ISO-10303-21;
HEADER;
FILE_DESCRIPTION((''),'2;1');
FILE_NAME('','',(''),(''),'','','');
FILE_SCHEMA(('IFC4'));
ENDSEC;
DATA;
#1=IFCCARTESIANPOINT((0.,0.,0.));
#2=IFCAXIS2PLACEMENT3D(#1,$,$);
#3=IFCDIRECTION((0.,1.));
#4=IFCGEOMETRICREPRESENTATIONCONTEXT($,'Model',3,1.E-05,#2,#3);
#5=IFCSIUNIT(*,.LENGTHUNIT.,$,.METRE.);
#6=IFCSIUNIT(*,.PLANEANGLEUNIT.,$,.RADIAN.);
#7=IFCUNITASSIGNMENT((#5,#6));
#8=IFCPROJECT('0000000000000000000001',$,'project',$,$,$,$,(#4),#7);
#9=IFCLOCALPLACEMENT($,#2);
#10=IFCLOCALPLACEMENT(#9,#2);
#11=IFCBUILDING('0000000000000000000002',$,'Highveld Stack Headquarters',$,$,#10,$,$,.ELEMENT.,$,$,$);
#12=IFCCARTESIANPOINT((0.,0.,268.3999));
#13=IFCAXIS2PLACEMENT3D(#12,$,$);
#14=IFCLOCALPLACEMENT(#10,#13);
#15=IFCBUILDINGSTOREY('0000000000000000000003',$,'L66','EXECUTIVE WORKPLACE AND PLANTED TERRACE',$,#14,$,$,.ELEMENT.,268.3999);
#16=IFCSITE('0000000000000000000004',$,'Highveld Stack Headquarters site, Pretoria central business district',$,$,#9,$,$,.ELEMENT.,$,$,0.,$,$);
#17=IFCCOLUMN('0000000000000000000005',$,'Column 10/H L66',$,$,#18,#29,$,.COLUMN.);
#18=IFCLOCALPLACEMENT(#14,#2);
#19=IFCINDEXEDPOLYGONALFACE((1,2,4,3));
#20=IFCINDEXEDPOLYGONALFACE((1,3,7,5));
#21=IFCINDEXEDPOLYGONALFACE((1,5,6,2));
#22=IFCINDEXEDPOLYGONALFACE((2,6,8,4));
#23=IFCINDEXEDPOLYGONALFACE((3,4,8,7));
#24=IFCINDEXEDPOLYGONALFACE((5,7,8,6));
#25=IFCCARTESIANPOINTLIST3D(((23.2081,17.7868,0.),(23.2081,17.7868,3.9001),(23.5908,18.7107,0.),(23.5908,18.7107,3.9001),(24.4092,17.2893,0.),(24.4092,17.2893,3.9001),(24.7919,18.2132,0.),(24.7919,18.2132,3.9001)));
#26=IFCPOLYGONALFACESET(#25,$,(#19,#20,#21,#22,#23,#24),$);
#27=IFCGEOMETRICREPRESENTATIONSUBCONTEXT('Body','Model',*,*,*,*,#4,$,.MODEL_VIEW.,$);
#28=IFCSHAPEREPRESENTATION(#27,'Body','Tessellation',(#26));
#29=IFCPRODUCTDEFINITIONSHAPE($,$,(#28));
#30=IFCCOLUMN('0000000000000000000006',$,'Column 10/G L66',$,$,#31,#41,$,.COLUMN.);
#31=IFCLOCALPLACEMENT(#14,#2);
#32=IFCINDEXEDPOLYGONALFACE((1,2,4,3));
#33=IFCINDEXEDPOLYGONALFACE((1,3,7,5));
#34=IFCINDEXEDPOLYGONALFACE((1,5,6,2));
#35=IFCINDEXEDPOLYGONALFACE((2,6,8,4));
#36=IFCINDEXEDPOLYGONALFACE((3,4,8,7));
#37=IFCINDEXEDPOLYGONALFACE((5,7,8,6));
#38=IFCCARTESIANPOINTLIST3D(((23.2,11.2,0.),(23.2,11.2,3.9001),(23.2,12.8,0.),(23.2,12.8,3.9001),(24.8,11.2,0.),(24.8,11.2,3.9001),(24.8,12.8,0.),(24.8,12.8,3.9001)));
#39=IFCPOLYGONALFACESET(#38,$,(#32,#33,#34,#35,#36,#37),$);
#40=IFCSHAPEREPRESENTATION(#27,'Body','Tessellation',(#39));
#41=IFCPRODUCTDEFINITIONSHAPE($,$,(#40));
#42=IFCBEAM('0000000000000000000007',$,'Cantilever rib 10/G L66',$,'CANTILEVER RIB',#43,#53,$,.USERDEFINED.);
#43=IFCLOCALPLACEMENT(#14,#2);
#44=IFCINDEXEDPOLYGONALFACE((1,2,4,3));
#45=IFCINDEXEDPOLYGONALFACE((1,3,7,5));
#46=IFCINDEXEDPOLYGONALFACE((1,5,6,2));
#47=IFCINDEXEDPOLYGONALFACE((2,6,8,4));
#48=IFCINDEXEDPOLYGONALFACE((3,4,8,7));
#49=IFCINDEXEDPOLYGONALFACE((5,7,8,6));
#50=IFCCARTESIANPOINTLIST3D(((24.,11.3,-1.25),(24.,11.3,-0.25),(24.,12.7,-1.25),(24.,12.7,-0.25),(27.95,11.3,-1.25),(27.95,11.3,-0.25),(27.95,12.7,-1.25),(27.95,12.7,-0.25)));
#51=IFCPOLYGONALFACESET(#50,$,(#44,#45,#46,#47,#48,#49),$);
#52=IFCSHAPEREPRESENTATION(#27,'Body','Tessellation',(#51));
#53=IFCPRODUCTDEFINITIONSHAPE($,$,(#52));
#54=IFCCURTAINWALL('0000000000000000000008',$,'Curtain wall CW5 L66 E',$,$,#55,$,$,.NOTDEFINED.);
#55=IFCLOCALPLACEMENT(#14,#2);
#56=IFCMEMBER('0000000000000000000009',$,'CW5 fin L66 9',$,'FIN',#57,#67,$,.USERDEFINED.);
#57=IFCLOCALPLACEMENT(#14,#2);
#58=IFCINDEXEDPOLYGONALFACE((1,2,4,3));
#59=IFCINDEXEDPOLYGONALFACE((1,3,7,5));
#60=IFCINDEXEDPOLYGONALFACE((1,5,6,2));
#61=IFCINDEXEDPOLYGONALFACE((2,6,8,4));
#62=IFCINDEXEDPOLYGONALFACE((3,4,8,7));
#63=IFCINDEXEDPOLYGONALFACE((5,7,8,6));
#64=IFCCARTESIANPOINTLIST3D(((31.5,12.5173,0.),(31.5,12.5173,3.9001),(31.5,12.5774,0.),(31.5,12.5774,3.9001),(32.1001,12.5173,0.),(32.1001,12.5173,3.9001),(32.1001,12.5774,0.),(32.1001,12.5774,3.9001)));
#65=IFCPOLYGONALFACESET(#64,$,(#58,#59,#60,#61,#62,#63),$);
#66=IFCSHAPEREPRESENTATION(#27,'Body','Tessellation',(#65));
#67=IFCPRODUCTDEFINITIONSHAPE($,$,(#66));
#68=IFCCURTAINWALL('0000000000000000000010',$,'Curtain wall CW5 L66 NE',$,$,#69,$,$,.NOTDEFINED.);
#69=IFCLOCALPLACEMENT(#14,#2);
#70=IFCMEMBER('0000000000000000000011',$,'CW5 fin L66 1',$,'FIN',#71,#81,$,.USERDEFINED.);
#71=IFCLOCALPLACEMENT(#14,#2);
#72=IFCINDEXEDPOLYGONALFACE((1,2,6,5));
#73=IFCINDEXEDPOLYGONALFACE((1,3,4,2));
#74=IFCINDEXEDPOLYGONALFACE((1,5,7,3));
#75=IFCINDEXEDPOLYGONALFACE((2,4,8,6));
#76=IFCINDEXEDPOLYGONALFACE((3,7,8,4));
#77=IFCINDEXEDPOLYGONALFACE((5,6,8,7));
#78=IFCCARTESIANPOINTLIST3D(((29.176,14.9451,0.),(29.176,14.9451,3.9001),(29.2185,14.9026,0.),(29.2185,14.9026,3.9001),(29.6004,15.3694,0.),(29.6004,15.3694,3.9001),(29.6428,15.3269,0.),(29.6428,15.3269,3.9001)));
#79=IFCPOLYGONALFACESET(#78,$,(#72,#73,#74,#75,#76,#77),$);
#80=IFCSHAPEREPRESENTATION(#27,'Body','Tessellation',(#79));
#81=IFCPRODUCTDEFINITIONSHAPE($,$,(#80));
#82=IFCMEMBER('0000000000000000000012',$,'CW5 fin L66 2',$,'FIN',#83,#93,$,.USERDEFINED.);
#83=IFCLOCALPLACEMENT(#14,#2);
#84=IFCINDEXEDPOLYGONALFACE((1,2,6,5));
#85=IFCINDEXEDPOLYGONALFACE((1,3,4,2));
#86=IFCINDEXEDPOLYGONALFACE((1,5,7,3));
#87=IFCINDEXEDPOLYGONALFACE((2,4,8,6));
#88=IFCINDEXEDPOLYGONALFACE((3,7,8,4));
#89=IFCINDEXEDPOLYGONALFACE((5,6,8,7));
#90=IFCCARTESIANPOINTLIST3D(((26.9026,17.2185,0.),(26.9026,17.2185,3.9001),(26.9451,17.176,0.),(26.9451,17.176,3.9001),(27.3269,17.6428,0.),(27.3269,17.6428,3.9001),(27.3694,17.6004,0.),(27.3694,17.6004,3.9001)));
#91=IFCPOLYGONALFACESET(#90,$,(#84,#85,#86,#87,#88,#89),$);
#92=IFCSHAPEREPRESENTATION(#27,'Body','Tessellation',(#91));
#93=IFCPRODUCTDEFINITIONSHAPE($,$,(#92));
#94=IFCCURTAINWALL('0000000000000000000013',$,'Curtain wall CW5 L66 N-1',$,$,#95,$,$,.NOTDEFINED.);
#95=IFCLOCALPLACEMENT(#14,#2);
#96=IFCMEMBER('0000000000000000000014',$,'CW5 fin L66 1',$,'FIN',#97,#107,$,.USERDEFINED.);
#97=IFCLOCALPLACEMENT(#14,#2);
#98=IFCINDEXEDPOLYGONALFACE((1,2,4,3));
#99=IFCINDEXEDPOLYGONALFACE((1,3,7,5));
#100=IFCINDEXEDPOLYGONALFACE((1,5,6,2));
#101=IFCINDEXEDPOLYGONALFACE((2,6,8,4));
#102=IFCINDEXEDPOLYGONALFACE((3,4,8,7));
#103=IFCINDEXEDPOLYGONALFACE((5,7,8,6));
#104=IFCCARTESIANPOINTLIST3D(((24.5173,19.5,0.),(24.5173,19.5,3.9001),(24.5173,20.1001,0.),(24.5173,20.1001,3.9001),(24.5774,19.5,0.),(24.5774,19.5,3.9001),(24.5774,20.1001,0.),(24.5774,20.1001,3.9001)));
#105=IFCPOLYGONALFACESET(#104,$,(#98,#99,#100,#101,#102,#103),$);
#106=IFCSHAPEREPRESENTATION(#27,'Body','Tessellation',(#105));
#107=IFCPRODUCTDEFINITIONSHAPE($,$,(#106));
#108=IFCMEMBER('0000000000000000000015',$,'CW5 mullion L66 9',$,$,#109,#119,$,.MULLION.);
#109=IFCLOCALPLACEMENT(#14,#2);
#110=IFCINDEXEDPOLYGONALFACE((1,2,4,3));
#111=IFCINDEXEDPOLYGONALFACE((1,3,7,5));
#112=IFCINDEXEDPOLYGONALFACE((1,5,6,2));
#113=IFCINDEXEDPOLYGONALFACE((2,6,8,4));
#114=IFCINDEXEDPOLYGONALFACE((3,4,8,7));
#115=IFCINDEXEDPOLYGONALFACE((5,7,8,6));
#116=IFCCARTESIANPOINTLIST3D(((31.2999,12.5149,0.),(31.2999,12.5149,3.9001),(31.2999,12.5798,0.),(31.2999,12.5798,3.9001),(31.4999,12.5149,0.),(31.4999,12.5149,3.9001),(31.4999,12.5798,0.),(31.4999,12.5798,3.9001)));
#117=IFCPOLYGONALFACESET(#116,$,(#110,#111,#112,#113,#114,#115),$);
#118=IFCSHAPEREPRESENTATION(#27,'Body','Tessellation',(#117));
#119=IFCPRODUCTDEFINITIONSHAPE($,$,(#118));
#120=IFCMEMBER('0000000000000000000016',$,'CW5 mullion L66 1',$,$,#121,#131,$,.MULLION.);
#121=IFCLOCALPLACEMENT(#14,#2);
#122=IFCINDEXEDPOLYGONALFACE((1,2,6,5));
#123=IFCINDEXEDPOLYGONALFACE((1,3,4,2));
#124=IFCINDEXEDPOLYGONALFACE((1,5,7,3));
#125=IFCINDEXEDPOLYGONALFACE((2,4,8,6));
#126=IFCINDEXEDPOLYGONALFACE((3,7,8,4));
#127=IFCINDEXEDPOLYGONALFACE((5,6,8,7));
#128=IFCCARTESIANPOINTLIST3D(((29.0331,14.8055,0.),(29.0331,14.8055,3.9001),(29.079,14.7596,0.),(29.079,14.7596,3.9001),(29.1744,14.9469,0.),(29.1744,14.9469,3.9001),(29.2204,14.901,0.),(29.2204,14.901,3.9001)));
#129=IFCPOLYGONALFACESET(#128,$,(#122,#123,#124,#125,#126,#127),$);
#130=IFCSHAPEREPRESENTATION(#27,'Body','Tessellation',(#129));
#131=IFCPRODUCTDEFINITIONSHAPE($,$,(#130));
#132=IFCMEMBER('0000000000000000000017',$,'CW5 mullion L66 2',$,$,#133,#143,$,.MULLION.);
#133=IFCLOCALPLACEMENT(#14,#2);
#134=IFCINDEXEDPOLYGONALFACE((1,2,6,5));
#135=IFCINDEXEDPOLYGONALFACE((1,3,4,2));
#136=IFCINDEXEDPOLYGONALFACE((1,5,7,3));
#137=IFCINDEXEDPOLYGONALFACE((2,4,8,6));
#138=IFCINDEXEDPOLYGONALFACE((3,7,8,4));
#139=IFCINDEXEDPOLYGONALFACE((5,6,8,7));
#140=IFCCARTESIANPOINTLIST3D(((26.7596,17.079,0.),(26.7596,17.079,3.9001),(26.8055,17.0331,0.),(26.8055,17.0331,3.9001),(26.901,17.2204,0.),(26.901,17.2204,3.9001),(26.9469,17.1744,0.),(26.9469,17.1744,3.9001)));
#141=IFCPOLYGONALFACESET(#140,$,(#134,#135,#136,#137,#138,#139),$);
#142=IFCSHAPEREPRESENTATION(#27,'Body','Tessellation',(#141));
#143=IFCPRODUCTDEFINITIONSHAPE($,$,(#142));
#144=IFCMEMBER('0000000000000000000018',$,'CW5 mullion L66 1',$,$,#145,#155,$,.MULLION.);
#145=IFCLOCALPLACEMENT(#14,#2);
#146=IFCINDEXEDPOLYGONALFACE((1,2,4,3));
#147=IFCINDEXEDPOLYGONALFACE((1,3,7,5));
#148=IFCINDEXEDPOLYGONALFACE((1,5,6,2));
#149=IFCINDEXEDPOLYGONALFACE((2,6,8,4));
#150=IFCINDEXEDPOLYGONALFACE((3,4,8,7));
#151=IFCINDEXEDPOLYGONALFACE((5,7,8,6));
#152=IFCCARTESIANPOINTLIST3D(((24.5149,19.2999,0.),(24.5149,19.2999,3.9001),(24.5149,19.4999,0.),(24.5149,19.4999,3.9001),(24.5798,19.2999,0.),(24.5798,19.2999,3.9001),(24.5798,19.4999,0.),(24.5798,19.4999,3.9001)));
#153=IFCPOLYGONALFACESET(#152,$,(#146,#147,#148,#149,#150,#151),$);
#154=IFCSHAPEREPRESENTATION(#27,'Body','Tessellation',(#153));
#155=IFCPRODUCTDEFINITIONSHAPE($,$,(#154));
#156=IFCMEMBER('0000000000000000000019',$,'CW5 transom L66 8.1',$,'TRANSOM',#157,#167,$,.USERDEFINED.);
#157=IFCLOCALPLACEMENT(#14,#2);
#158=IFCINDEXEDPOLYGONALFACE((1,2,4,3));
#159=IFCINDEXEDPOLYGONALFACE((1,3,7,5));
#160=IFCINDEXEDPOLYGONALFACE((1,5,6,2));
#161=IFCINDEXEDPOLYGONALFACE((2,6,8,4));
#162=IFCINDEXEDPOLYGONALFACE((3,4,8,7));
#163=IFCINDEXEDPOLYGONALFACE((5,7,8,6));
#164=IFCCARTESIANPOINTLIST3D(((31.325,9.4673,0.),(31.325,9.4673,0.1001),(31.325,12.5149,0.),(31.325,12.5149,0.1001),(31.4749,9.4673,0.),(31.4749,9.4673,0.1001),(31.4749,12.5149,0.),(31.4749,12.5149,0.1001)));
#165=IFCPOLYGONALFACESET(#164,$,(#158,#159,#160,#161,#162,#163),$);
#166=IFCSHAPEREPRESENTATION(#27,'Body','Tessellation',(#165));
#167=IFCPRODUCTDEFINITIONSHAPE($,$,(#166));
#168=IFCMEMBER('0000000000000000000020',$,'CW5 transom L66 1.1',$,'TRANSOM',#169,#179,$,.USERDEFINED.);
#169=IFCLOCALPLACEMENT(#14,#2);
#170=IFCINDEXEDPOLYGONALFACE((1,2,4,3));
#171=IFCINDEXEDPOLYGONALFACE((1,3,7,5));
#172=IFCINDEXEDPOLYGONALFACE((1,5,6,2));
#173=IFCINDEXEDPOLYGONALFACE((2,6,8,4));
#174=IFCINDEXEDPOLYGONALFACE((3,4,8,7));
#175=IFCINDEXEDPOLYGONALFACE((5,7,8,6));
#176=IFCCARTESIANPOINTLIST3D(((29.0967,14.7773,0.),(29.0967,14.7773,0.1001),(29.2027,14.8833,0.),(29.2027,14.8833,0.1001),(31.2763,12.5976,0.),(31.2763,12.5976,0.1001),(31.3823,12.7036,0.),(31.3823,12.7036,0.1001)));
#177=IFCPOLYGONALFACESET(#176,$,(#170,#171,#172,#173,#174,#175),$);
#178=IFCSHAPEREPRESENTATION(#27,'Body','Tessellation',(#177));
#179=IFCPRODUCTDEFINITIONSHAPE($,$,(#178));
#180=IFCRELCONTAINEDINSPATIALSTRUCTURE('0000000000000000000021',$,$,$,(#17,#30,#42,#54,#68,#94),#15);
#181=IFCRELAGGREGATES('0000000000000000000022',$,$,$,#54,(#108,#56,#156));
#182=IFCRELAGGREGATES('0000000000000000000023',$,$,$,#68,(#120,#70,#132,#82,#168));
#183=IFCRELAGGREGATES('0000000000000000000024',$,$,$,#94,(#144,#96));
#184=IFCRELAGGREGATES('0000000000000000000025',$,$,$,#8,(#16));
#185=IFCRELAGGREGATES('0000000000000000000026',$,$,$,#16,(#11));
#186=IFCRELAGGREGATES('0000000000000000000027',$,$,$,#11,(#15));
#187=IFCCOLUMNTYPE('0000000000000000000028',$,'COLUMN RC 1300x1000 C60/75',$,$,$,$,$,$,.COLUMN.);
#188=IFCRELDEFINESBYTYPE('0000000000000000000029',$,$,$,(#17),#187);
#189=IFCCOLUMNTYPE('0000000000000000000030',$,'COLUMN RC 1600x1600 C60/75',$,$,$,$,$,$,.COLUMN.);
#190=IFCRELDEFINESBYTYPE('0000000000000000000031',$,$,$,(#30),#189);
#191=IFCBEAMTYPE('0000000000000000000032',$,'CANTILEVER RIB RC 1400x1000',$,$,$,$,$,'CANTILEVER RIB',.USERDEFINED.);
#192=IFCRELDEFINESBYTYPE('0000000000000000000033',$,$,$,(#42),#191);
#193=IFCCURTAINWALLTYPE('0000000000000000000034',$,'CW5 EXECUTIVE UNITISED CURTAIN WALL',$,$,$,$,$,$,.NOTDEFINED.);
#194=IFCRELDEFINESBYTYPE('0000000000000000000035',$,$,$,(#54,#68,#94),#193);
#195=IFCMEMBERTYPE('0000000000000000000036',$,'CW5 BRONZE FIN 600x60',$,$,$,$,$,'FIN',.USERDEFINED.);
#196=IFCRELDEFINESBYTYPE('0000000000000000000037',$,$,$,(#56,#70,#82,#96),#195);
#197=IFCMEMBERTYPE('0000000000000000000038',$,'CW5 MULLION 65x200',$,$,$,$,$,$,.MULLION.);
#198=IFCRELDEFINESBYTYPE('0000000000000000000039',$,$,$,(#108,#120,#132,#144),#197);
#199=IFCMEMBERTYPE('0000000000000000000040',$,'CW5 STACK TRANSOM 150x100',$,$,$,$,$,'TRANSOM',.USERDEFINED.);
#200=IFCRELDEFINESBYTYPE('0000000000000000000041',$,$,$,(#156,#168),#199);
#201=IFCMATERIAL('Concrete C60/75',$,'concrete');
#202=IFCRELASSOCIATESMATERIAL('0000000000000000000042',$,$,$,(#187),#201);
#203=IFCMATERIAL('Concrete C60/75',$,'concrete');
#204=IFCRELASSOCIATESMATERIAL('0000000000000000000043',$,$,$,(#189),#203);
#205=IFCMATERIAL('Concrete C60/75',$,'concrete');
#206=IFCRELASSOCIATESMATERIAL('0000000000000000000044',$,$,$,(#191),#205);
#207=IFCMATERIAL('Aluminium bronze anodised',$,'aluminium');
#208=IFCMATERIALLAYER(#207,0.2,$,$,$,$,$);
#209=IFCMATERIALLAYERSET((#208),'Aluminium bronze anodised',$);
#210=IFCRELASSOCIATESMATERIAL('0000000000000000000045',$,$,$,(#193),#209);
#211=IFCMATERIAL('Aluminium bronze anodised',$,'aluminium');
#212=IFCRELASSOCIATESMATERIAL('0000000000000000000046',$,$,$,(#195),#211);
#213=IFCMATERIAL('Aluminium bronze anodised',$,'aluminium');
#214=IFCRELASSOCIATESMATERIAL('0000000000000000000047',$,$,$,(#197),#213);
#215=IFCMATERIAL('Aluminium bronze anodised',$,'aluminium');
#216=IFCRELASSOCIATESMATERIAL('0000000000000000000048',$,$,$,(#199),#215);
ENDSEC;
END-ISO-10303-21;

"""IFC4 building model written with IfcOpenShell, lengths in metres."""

from ifc_helpers import new_model, si_unit, direction, frame, origin, origin_2d, place, context, subcontext, project, spatial, rectangle, extrude, material, layer, layer_set, material_profile, profile_set, type_object, element, aggregate, save


model = new_model("IFC4")

# Units and contexts
model_context = context("Model", 3, precision=1e-05, world=origin(), true_north=direction((0.0, 1.0)))
body_context = subcontext(model_context, "Body", "Model", "MODEL_VIEW")
ifc_project = project(units=[si_unit("LENGTHUNIT", "METRE"), si_unit("PLANEANGLEUNIT", "RADIAN")], contexts=[model_context])

# Site, building, storey
site_placement = place(None, origin())
site = spatial("IfcSite", under=ifc_project, at=site_placement, Name="Highveld Stack Headquarters site, Pretoria central business district", CompositionType="ELEMENT", RefElevation=0.0)
building_placement = place(site_placement, origin())
building = spatial("IfcBuilding", under=site, at=building_placement, Name="Highveld Stack Headquarters", CompositionType="ELEMENT")
storey_placement = place(building_placement, frame((0.0, 0.0, 268.3999)))
storey = spatial("IfcBuildingStorey", under=building, at=storey_placement, Name="L66", Description="EXECUTIVE WORKPLACE AND PLANTED TERRACE", CompositionType="ELEMENT", Elevation=268.3999)

# Columns
ifc_material_1 = material(Name="Concrete C60/75", Category="concrete")
ifc_material_profile_1 = material_profile(ifc_material_1, rectangle(XDim=1.3, YDim=1.0, at=origin_2d()), Name="RC 1300x1000")
ifc_profile_set_1 = profile_set([ifc_material_profile_1], Name="Concrete C60/75")
column_type_1 = type_object("IfcColumnType", Name="COLUMN RC 1300x1000 C60/75", PredefinedType="COLUMN", material=ifc_profile_set_1)
column_1_placement = place(storey_placement, frame((24.0, 18.0, 0.0), z_axis=(0.0, 0.0, 1.0), x_axis=(0.92388, -0.382683, 0.0)))
element("IfcColumn", 1, at=column_1_placement, inside=storey, type_object=column_type_1, Name="Column 10/H L66", PredefinedType="COLUMN", context=body_context, shape_type="SweptSolid", body=[
    extrude(rectangle(XDim=1.3, YDim=1.0, at=origin_2d()), origin(), (0.0, 0.0, 1.0), 3.9001),
])
ifc_material_2 = material(Name="Concrete C60/75", Category="concrete")
ifc_material_profile_2 = material_profile(ifc_material_2, rectangle(XDim=1.6001, YDim=1.6001, at=origin_2d()), Name="RC 1600x1600")
ifc_profile_set_2 = profile_set([ifc_material_profile_2], Name="Concrete C60/75")
column_type_2 = type_object("IfcColumnType", Name="COLUMN RC 1600x1600 C60/75", PredefinedType="COLUMN", material=ifc_profile_set_2)
column_2_placement = place(storey_placement, frame((24.0, 12.0, 0.0), z_axis=(0.0, 0.0, 1.0), x_axis=(1.0, 0.0, 0.0)))
element("IfcColumn", 2, at=column_2_placement, inside=storey, type_object=column_type_2, Name="Column 10/G L66", PredefinedType="COLUMN", context=body_context, shape_type="SweptSolid", body=[
    extrude(rectangle(XDim=1.6001, YDim=1.6001, at=origin_2d()), origin(), (0.0, 0.0, 1.0), 3.9001),
])

# Beam
ifc_material_3 = material(Name="Concrete C60/75", Category="concrete")
ifc_material_profile_3 = material_profile(ifc_material_3, rectangle(XDim=1.3999, YDim=1.0, at=origin_2d()), Name="RC 1400x1000")
ifc_profile_set_3 = profile_set([ifc_material_profile_3], Name="Concrete C60/75")
beam_type = type_object("IfcBeamType", Name="CANTILEVER RIB RC 1400x1000", ElementType="CANTILEVER RIB", PredefinedType="USERDEFINED", material=ifc_profile_set_3)
beam_placement = place(storey_placement, frame((24.0, 12.0, -0.75), z_axis=(1.0, 0.0, 0.0), x_axis=(0.0, 1.0, 0.0)))
element("IfcBeam", 3, at=beam_placement, inside=storey, type_object=beam_type, Name="Cantilever rib 10/G L66", ObjectType="CANTILEVER RIB", PredefinedType="USERDEFINED", context=body_context, shape_type="SweptSolid", body=[
    extrude(rectangle(XDim=1.3999, YDim=1.0, at=origin_2d()), origin(), (0.0, 0.0, 1.0), 3.95),
])

# Curtain wall, member
ifc_material_4 = material(Name="Aluminium bronze anodised", Category="aluminium")
ifc_layer_1 = layer(ifc_material_4, 0.2)
ifc_layer_set_1 = layer_set([ifc_layer_1], Name="Aluminium bronze anodised")
curtain_wall_type = type_object("IfcCurtainWallType", Name="CW5 EXECUTIVE UNITISED CURTAIN WALL", PredefinedType="NOTDEFINED", material=ifc_layer_set_1)
curtain_wall_1_placement = place(storey_placement, origin())
curtain_wall_1 = element("IfcCurtainWall", 4, at=curtain_wall_1_placement, inside=storey, type_object=curtain_wall_type, Name="Curtain wall CW5 L66 E", PredefinedType="NOTDEFINED")
ifc_material_5 = material(Name="Aluminium bronze anodised", Category="aluminium")
ifc_material_profile_4 = material_profile(ifc_material_5, rectangle(XDim=0.6001, YDim=0.0601, at=origin_2d()), Name="FIN 600x60")
ifc_profile_set_4 = profile_set([ifc_material_profile_4], Name="Aluminium bronze anodised")
member_type_1 = type_object("IfcMemberType", Name="CW5 BRONZE FIN 600x60", ElementType="FIN", PredefinedType="USERDEFINED", material=ifc_profile_set_4)
member_1_placement = place(storey_placement, frame((31.8, 12.5474, 0.0), z_axis=(0.0, 0.0, 1.0), x_axis=(-1.0, 0.0, 0.0)))
member_1 = element("IfcMember", 5, at=member_1_placement, type_object=member_type_1, Name="CW5 fin L66 9", ObjectType="FIN", PredefinedType="USERDEFINED", context=body_context, shape_type="SweptSolid", body=[
    extrude(rectangle(XDim=0.6001, YDim=0.0601, at=origin_2d()), origin(), (0.0, 0.0, 1.0), 3.9001),
])

# Curtain wall, members
curtain_wall_2_placement = place(storey_placement, origin())
curtain_wall_2 = element("IfcCurtainWall", 6, at=curtain_wall_2_placement, inside=storey, type_object=curtain_wall_type, Name="Curtain wall CW5 L66 NE", PredefinedType="NOTDEFINED")
member_2_placement = place(storey_placement, frame((29.4094, 15.136, 0.0), z_axis=(0.0, 0.0, 1.0), x_axis=(-0.707107, -0.707107, 0.0)))
member_2 = element("IfcMember", 7, at=member_2_placement, type_object=member_type_1, Name="CW5 fin L66 1", ObjectType="FIN", PredefinedType="USERDEFINED", context=body_context, shape_type="SweptSolid", body=[
    extrude(rectangle(XDim=0.6001, YDim=0.0601, at=origin_2d()), origin(), (0.0, 0.0, 1.0), 3.9001),
])
member_3_placement = place(storey_placement, frame((27.136, 17.4094, 0.0), z_axis=(0.0, 0.0, 1.0), x_axis=(-0.707107, -0.707107, 0.0)))
member_3 = element("IfcMember", 8, at=member_3_placement, type_object=member_type_1, Name="CW5 fin L66 2", ObjectType="FIN", PredefinedType="USERDEFINED", context=body_context, shape_type="SweptSolid", body=[
    extrude(rectangle(XDim=0.6001, YDim=0.0601, at=origin_2d()), origin(), (0.0, 0.0, 1.0), 3.9001),
])

# Curtain wall, member
curtain_wall_3_placement = place(storey_placement, origin())
curtain_wall_3 = element("IfcCurtainWall", 9, at=curtain_wall_3_placement, inside=storey, type_object=curtain_wall_type, Name="Curtain wall CW5 L66 N-1", PredefinedType="NOTDEFINED")
member_4_placement = place(storey_placement, frame((24.5474, 19.8, 0.0), z_axis=(0.0, 0.0, 1.0), x_axis=(0.0, -1.0, 0.0)))
member_4 = element("IfcMember", 10, at=member_4_placement, type_object=member_type_1, Name="CW5 fin L66 1", ObjectType="FIN", PredefinedType="USERDEFINED", context=body_context, shape_type="SweptSolid", body=[
    extrude(rectangle(XDim=0.6001, YDim=0.0601, at=origin_2d()), origin(), (0.0, 0.0, 1.0), 3.9001),
])

# Members
ifc_material_6 = material(Name="Aluminium bronze anodised", Category="aluminium")
ifc_material_profile_5 = material_profile(ifc_material_6, rectangle(XDim=0.2, YDim=0.0649, at=origin_2d()), Name="CW5 MULLION 65x200")
ifc_profile_set_5 = profile_set([ifc_material_profile_5], Name="Aluminium bronze anodised")
member_type_2 = type_object("IfcMemberType", Name="CW5 MULLION 65x200", PredefinedType="MULLION", material=ifc_profile_set_5)
member_5_placement = place(storey_placement, frame((31.3999, 12.5474, 0.0), z_axis=(0.0, 0.0, 1.0), x_axis=(-1.0, 0.0, 0.0)))
member_5 = element("IfcMember", 11, at=member_5_placement, type_object=member_type_2, Name="CW5 mullion L66 9", PredefinedType="MULLION", context=body_context, shape_type="SweptSolid", body=[
    extrude(rectangle(XDim=0.2, YDim=0.0649, at=origin_2d()), origin(), (0.0, 0.0, 1.0), 3.9001),
])
member_6_placement = place(storey_placement, frame((29.1267, 14.8533, 0.0), z_axis=(0.0, 0.0, 1.0), x_axis=(-0.707107, -0.707107, 0.0)))
member_6 = element("IfcMember", 12, at=member_6_placement, type_object=member_type_2, Name="CW5 mullion L66 1", PredefinedType="MULLION", context=body_context, shape_type="SweptSolid", body=[
    extrude(rectangle(XDim=0.2, YDim=0.0649, at=origin_2d()), origin(), (0.0, 0.0, 1.0), 3.9001),
])
member_7_placement = place(storey_placement, frame((26.8533, 17.1267, 0.0), z_axis=(0.0, 0.0, 1.0), x_axis=(-0.707107, -0.707107, 0.0)))
member_7 = element("IfcMember", 13, at=member_7_placement, type_object=member_type_2, Name="CW5 mullion L66 2", PredefinedType="MULLION", context=body_context, shape_type="SweptSolid", body=[
    extrude(rectangle(XDim=0.2, YDim=0.0649, at=origin_2d()), origin(), (0.0, 0.0, 1.0), 3.9001),
])
member_8_placement = place(storey_placement, frame((24.5474, 19.3999, 0.0), z_axis=(0.0, 0.0, 1.0), x_axis=(0.0, -1.0, 0.0)))
member_8 = element("IfcMember", 14, at=member_8_placement, type_object=member_type_2, Name="CW5 mullion L66 1", PredefinedType="MULLION", context=body_context, shape_type="SweptSolid", body=[
    extrude(rectangle(XDim=0.2, YDim=0.0649, at=origin_2d()), origin(), (0.0, 0.0, 1.0), 3.9001),
])
ifc_material_7 = material(Name="Aluminium bronze anodised", Category="aluminium")
ifc_material_profile_6 = material_profile(ifc_material_7, rectangle(XDim=0.1499, YDim=0.1001, at=origin_2d()), Name="CW5 TRANSOM 150x100")
ifc_profile_set_6 = profile_set([ifc_material_profile_6], Name="Aluminium bronze anodised")
member_type_3 = type_object("IfcMemberType", Name="CW5 STACK TRANSOM 150x100", ElementType="TRANSOM", PredefinedType="USERDEFINED", material=ifc_profile_set_6)
member_9_placement = place(storey_placement, frame((31.3999, 9.4673, 0.05), z_axis=(0.0, 1.0, 0.0), x_axis=(-1.0, 0.0, 0.0)))
member_9 = element("IfcMember", 15, at=member_9_placement, type_object=member_type_3, Name="CW5 transom L66 8.1", ObjectType="TRANSOM", PredefinedType="USERDEFINED", context=body_context, shape_type="SweptSolid", body=[
    extrude(rectangle(XDim=0.1499, YDim=0.1001, at=origin_2d()), origin(), (0.0, 0.0, 1.0), 3.0476),
])
member_10_placement = place(storey_placement, frame((31.3293, 12.6506, 0.05), z_axis=(-0.707107, 0.707107, 0.0), x_axis=(-0.707107, -0.707107, 0.0)))
member_10 = element("IfcMember", 16, at=member_10_placement, type_object=member_type_3, Name="CW5 transom L66 1.1", ObjectType="TRANSOM", PredefinedType="USERDEFINED", context=body_context, shape_type="SweptSolid", body=[
    extrude(rectangle(XDim=0.1499, YDim=0.1001, at=origin_2d()), origin(), (0.0, 0.0, 1.0), 3.0825),
])

aggregate(curtain_wall_1, [member_5, member_1, member_9])
aggregate(curtain_wall_2, [member_6, member_2, member_7, member_3, member_10])
aggregate(curtain_wall_3, [member_8, member_4])

save(model, "model.ifc")
